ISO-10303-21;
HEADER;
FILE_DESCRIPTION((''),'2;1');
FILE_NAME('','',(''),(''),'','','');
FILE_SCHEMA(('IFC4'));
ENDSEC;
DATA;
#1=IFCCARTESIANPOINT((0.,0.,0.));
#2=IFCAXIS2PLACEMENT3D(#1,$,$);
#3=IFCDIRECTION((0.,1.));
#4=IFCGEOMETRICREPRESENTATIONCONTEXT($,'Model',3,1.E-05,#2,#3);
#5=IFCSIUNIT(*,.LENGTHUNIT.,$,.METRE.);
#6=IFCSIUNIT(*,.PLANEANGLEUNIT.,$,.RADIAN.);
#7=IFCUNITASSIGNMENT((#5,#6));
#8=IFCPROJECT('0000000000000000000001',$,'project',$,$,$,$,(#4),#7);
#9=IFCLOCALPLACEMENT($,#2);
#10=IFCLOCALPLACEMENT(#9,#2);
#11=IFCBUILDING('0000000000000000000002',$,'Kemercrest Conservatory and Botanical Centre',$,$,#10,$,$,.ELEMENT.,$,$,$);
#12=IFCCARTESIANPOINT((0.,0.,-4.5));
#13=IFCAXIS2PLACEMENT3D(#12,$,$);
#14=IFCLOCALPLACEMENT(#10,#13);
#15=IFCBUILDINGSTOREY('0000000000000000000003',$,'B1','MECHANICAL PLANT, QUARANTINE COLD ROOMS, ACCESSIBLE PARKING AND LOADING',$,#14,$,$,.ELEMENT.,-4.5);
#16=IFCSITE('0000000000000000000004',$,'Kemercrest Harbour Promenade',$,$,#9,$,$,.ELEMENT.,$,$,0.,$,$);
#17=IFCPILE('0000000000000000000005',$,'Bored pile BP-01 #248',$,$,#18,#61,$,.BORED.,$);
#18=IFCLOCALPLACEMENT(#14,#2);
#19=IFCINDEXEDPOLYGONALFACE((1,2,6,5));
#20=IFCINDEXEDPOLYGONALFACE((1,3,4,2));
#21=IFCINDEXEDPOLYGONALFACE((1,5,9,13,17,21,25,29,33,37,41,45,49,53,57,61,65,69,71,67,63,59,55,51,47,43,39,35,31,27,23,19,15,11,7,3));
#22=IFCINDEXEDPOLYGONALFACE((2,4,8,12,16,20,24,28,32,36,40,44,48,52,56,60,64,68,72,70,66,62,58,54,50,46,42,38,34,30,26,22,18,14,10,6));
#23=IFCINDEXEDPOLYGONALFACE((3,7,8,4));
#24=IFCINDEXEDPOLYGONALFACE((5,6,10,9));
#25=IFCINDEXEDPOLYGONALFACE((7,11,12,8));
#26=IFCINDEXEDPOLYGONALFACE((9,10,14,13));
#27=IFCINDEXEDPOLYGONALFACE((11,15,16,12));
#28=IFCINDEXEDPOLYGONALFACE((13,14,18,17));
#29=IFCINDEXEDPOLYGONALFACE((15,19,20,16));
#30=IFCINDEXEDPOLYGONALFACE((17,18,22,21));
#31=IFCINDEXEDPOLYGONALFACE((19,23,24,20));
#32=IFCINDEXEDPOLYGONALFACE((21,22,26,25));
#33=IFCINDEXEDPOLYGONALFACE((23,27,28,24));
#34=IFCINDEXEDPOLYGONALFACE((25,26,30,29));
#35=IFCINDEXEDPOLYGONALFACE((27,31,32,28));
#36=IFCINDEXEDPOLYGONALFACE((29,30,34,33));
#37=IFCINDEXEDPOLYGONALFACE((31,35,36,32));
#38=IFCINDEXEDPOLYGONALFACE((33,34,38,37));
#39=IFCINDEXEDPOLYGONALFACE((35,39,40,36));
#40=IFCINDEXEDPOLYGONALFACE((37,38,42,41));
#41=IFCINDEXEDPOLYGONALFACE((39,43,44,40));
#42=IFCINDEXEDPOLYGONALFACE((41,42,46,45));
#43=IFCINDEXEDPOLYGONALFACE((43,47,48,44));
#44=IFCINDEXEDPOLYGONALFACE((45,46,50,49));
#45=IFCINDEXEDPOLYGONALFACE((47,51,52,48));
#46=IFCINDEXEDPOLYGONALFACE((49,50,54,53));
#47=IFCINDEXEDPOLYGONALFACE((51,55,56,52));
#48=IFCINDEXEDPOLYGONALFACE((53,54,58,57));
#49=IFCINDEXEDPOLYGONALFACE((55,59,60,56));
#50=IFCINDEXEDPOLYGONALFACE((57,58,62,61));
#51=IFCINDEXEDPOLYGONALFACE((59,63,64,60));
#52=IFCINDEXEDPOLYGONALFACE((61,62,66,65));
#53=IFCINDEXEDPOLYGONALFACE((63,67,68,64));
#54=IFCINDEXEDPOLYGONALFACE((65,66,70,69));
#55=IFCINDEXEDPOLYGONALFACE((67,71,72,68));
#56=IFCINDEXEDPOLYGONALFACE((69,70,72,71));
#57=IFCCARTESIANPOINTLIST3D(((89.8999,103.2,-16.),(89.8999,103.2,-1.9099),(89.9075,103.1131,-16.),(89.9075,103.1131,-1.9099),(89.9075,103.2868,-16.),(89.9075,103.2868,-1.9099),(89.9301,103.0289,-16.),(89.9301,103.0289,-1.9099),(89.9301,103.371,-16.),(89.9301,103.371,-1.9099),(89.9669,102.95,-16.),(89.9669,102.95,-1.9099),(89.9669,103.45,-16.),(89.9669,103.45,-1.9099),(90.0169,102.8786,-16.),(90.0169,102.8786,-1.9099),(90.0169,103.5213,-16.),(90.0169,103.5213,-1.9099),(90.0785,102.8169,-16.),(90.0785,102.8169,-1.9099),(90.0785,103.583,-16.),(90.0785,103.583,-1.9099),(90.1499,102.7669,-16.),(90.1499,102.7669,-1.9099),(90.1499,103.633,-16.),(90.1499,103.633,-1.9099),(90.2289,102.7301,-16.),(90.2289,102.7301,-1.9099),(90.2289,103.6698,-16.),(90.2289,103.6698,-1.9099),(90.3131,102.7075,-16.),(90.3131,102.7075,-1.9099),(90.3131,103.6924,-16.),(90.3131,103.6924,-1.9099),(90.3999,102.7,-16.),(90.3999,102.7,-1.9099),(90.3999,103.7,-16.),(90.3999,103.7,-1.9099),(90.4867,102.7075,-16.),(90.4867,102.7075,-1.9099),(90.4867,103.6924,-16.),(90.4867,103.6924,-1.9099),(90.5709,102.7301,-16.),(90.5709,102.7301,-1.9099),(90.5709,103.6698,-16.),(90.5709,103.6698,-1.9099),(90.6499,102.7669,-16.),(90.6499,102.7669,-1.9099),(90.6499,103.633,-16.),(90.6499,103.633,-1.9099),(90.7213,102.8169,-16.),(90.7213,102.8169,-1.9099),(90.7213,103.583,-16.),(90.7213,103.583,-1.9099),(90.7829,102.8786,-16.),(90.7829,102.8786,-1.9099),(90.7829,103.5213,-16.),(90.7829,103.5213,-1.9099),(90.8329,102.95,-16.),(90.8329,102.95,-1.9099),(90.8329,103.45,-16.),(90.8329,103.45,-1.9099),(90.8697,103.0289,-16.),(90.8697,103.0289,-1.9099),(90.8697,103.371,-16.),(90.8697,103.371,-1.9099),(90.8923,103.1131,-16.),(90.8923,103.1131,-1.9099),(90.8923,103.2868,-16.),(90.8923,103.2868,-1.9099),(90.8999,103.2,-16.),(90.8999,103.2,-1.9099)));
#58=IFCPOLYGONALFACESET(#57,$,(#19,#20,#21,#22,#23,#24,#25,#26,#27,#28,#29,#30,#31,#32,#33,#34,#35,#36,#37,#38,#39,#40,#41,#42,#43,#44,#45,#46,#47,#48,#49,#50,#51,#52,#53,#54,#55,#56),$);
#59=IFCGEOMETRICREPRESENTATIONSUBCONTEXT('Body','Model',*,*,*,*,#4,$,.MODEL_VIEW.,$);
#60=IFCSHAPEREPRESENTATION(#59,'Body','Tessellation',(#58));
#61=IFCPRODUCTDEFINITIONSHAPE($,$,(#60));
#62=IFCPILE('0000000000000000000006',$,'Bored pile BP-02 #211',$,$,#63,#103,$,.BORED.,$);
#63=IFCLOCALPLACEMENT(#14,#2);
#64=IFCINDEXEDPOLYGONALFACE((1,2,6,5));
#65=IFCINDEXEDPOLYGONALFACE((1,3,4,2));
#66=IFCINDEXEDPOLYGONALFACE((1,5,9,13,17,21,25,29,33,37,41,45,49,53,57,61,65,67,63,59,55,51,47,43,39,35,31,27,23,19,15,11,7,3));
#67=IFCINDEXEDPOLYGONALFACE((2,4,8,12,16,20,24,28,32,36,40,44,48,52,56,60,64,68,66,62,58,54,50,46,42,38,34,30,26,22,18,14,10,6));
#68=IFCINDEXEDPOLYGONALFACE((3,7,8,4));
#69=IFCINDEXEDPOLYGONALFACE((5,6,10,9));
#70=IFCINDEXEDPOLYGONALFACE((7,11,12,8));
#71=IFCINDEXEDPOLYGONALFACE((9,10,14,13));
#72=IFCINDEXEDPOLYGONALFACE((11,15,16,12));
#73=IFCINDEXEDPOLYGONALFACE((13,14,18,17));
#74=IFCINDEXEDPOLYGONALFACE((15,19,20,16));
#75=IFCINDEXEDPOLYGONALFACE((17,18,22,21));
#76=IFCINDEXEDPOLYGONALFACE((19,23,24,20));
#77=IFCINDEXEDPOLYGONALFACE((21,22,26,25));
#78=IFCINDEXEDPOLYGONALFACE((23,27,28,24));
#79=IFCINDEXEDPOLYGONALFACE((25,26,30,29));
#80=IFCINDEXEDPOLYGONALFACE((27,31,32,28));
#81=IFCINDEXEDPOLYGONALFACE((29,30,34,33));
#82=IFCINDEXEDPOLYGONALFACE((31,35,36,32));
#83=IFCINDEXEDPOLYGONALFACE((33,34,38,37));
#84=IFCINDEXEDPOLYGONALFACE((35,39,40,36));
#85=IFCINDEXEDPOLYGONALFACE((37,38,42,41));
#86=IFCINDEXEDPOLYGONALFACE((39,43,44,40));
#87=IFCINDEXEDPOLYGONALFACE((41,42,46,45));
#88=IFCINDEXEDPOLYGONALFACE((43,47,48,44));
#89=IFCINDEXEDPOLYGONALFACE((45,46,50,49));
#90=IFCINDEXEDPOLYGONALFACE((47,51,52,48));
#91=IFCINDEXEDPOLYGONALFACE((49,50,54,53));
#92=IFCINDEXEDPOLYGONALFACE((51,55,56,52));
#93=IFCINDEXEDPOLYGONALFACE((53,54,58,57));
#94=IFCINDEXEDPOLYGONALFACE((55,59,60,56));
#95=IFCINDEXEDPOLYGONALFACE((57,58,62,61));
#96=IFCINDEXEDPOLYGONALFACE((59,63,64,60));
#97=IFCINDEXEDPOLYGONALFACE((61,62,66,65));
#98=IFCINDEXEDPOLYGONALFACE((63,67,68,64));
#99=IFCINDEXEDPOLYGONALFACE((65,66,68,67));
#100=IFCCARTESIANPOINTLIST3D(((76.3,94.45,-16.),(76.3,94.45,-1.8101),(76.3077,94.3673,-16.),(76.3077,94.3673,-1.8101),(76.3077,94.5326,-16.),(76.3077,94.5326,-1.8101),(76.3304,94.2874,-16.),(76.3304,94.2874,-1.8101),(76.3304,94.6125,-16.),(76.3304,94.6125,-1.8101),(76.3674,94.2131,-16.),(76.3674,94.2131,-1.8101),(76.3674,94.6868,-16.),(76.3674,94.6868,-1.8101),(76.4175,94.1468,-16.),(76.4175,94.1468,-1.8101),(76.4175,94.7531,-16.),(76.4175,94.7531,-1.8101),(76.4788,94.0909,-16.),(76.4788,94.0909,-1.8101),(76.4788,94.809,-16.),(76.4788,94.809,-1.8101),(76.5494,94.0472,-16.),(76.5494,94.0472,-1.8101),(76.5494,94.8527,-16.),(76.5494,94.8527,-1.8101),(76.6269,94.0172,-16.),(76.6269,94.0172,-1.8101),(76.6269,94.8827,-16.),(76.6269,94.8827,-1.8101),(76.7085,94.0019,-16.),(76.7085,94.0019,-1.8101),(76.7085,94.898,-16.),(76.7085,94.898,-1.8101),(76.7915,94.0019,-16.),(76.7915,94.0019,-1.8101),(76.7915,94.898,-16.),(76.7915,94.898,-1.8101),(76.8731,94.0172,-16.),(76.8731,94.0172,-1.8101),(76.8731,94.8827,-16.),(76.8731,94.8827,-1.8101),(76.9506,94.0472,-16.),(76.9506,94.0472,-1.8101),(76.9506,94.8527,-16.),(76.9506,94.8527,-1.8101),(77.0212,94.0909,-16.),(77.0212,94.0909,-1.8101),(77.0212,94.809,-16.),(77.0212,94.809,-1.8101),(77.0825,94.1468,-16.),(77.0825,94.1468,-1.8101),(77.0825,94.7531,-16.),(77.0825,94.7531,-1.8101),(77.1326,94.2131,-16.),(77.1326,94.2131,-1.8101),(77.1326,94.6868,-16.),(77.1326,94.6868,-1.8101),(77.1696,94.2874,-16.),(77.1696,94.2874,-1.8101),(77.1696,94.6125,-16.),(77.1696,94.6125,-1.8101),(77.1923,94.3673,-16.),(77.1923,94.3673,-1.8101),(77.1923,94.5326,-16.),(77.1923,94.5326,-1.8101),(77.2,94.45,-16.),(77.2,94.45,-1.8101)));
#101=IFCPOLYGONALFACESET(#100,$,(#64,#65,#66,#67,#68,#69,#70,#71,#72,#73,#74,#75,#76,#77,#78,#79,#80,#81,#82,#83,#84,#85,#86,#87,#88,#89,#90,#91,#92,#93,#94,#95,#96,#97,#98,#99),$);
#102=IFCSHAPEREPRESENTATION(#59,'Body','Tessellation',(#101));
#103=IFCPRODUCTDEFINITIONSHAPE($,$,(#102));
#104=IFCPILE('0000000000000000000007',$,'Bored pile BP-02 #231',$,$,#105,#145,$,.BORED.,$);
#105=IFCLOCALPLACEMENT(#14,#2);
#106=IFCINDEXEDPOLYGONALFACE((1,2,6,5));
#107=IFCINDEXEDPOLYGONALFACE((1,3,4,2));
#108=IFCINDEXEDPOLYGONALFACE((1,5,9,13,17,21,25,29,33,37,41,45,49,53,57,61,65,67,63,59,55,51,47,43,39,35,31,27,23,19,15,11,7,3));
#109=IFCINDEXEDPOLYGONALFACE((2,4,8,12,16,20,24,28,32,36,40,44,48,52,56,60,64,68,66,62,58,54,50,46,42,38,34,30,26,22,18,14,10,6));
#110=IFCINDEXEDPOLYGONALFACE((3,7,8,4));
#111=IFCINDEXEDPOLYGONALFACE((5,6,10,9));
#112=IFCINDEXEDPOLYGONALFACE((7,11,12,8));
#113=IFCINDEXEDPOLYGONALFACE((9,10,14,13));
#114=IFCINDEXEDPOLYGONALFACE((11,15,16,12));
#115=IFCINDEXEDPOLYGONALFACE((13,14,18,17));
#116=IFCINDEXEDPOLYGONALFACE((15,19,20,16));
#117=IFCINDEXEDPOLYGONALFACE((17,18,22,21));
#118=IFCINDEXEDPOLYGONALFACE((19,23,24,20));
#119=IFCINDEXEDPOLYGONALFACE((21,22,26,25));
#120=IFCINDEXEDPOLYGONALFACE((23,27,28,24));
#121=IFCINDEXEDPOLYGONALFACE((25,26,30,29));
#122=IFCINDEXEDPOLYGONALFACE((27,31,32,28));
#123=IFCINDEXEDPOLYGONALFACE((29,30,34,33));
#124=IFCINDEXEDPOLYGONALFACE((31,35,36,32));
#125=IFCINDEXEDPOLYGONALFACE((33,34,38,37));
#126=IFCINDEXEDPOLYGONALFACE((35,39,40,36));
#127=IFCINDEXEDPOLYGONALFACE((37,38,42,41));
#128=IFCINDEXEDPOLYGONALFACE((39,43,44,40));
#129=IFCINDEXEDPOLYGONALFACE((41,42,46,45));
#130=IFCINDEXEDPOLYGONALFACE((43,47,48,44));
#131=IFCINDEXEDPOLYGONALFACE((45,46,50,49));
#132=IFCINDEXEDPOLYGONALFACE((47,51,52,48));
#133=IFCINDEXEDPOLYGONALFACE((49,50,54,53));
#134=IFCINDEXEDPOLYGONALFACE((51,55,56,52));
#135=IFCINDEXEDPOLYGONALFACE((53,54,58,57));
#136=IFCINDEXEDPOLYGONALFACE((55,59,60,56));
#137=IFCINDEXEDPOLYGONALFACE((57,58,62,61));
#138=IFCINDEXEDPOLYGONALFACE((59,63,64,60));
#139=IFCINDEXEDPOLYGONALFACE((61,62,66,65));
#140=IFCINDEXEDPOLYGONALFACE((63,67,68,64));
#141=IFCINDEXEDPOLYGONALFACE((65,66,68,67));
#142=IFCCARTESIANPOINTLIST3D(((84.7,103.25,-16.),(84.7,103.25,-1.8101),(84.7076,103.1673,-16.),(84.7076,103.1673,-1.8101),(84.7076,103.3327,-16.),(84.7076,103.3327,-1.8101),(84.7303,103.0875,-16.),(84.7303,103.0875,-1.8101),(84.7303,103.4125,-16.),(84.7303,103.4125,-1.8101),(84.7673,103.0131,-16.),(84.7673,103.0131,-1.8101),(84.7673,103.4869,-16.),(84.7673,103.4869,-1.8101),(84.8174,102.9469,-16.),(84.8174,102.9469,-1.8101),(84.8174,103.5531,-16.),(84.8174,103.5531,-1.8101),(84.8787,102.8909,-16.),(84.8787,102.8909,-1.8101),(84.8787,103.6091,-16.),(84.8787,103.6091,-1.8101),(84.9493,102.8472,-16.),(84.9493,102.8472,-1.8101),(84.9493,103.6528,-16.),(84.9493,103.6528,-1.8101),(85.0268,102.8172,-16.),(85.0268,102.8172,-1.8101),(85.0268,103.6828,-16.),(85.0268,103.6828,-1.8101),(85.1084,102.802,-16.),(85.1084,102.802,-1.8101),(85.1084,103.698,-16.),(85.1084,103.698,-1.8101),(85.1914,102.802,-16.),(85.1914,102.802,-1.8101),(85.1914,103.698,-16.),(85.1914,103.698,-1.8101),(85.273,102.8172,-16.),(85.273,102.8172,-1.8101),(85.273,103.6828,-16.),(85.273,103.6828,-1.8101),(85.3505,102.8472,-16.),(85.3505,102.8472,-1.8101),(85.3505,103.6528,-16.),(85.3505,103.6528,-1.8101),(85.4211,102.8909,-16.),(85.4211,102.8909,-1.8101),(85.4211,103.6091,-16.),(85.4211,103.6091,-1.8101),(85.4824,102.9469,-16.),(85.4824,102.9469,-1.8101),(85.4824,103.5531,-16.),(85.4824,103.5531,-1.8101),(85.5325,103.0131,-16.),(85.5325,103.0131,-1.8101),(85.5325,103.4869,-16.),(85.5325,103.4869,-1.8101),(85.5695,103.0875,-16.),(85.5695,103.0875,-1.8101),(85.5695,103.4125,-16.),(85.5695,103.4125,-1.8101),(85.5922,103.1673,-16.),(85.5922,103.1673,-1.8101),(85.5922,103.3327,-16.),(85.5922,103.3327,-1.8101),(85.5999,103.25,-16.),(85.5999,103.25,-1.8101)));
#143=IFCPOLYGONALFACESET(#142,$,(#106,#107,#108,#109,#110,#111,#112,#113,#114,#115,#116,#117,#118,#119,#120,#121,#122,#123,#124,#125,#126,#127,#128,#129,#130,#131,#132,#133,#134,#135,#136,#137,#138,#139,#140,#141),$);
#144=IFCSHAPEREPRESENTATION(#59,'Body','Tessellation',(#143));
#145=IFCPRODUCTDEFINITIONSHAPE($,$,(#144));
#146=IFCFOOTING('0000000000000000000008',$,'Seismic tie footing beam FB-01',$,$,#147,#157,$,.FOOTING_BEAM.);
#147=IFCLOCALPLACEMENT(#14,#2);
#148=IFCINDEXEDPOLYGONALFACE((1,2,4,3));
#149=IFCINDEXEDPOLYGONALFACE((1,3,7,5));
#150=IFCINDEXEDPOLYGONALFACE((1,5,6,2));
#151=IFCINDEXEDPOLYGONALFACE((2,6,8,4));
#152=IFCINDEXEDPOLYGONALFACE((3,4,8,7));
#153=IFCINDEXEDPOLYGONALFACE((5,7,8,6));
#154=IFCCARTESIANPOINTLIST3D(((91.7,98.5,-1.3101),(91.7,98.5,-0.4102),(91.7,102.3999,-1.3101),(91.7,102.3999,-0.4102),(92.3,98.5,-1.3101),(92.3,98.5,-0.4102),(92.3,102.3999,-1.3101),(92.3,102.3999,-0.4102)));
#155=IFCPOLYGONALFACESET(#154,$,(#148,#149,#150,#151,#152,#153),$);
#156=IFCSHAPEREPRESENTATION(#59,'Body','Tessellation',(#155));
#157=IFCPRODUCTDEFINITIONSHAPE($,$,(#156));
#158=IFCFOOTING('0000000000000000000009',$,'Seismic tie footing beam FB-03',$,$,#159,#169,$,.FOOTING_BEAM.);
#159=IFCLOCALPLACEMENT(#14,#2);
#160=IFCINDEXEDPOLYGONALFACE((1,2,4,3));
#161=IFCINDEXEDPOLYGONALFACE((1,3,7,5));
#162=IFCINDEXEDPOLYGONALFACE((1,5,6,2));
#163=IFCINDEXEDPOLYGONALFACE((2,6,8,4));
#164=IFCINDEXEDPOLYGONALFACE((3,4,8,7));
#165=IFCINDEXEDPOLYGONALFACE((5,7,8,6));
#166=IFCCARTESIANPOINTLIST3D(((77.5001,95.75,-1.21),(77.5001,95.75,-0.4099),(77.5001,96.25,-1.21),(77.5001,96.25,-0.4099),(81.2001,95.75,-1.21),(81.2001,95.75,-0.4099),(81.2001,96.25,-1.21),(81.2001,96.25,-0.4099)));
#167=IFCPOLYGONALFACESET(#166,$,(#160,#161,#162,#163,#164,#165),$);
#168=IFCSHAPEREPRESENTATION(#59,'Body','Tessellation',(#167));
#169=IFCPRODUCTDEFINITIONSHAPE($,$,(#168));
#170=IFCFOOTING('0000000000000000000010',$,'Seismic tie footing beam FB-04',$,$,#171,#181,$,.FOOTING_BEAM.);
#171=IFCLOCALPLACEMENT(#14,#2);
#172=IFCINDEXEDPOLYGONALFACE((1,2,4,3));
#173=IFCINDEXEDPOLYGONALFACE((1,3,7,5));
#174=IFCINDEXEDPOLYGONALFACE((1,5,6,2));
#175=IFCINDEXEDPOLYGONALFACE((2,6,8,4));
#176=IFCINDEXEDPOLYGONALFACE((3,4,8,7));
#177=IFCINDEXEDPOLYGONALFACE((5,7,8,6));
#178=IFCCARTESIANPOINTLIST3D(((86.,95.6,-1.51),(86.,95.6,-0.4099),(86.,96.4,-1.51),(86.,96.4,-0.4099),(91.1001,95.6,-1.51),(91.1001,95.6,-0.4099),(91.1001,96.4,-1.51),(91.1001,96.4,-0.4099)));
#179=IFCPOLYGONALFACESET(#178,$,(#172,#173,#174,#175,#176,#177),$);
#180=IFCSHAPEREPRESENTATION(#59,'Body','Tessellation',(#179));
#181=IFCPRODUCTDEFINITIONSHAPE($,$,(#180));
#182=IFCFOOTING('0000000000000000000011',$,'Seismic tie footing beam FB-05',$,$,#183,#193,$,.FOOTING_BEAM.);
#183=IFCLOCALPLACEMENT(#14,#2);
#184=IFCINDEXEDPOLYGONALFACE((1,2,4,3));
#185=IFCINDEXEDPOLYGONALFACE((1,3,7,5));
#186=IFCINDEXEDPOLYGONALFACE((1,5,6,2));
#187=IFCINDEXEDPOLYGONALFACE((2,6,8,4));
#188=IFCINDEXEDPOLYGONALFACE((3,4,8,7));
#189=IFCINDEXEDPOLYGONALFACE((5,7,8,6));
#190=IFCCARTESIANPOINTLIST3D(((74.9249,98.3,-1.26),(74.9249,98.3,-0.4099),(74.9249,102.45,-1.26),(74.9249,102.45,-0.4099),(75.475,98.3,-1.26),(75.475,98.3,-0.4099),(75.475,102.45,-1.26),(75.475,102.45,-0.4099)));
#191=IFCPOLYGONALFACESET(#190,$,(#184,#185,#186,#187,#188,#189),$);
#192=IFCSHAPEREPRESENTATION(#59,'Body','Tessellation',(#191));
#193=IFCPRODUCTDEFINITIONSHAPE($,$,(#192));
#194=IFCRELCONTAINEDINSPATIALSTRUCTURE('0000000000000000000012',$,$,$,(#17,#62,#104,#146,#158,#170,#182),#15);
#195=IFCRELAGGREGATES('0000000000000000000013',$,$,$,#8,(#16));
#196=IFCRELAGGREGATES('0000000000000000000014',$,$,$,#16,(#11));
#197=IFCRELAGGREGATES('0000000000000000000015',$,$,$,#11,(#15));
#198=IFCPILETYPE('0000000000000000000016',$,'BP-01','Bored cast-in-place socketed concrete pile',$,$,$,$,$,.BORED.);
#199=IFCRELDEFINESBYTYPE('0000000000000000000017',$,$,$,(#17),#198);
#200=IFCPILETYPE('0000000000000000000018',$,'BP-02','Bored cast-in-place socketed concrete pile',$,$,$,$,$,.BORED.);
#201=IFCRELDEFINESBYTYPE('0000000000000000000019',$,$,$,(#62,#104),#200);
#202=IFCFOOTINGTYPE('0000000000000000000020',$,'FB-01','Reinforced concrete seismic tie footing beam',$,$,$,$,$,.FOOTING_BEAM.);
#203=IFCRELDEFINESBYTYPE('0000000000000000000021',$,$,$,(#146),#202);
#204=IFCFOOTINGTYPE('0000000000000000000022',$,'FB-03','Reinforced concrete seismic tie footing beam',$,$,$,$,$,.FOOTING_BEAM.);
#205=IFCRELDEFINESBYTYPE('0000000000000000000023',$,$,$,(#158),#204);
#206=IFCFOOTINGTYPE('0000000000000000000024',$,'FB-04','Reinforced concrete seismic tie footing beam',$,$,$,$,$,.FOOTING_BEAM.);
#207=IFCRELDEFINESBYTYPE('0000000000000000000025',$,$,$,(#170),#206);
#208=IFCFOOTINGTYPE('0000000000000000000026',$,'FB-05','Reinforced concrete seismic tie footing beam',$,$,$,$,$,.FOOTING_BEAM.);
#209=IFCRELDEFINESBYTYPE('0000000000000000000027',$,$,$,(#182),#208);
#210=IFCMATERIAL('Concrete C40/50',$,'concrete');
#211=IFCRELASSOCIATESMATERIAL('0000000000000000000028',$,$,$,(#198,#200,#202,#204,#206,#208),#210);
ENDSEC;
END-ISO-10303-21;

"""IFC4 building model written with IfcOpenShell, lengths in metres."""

from ifc_helpers import new_model, si_unit, direction, frame, origin, origin_2d, place, context, subcontext, project, spatial, rectangle, circle, extrude, material, material_profile, profile_set, type_object, element, save


model = new_model("IFC4")

# Units and contexts
model_context = context("Model", 3, precision=1e-05, world=origin(), true_north=direction((0.0, 1.0)))
body_context = subcontext(model_context, "Body", "Model", "MODEL_VIEW")
ifc_project = project(units=[si_unit("LENGTHUNIT", "METRE"), si_unit("PLANEANGLEUNIT", "RADIAN")], contexts=[model_context])

# Site, building, storey
site_placement = place(None, origin())
site = spatial("IfcSite", under=ifc_project, at=site_placement, Name="Kemercrest Harbour Promenade", CompositionType="ELEMENT", RefElevation=0.0)
building_placement = place(site_placement, origin())
building = spatial("IfcBuilding", under=site, at=building_placement, Name="Kemercrest Conservatory and Botanical Centre", CompositionType="ELEMENT")
storey_placement = place(building_placement, frame((0.0, 0.0, -4.5)))
storey = spatial("IfcBuildingStorey", under=building, at=storey_placement, Name="B1", Description="MECHANICAL PLANT, QUARANTINE COLD ROOMS, ACCESSIBLE PARKING AND LOADING", CompositionType="ELEMENT", Elevation=-4.5)

# Piles
ifc_material_1 = material(Name="Concrete C40/50", Category="concrete")
ifc_material_profile_1 = material_profile(ifc_material_1, circle(Radius=0.5, at=origin_2d()), Name="BORED PILE 1000")
ifc_profile_set_1 = profile_set([ifc_material_profile_1], Name="Concrete C40/50")
pile_type_1 = type_object("IfcPileType", Name="BP-01", Description="Bored cast-in-place socketed concrete pile", PredefinedType="BORED", material=ifc_profile_set_1)
pile_1_placement = place(storey_placement, frame((90.3999, 103.2, -1.9099), z_axis=(0.0, 0.0, -1.0), x_axis=(1.0, 0.0, 0.0)))
element("IfcPile", 1, at=pile_1_placement, inside=storey, type_object=pile_type_1, Name="Bored pile BP-01 #248", PredefinedType="BORED", context=body_context, shape_type="SweptSolid", body=[
    extrude(circle(Radius=0.5, at=origin_2d()), origin(), (0.0, 0.0, 1.0), 14.0901),
])
ifc_material_profile_2 = material_profile(ifc_material_1, circle(Radius=0.45, at=origin_2d()), Name="BORED PILE 900")
ifc_profile_set_2 = profile_set([ifc_material_profile_2], Name="Concrete C40/50")
pile_type_2 = type_object("IfcPileType", Name="BP-02", Description="Bored cast-in-place socketed concrete pile", PredefinedType="BORED", material=ifc_profile_set_2)
for number, where, z_axis, x_axis, name in (
    (2, (76.75, 94.45, -1.8101), (0.0, 0.0, -1.0), (1.0, 0.0, 0.0), "Bored pile BP-02 #211"),
    (3, (85.1499, 103.25, -1.8101), (0.0, 0.0, -1.0), (1.0, 0.0, 0.0), "Bored pile BP-02 #231"),
):
    element("IfcPile", number, at=place(storey_placement, frame(where, z_axis=z_axis, x_axis=x_axis)), inside=storey, type_object=pile_type_2, Name=name, PredefinedType="BORED", context=body_context, shape_type="SweptSolid", body=[
        extrude(circle(Radius=0.45, at=origin_2d()), origin(), (0.0, 0.0, 1.0), 14.1899),
    ])

# Footings
footing_type_1 = type_object("IfcFootingType", Name="FB-01", Description="Reinforced concrete seismic tie footing beam", PredefinedType="FOOTING_BEAM", material=ifc_material_1)
footing_1_placement = place(storey_placement, frame((92.0, 100.45, -1.3101), z_axis=(0.0, 0.0, 1.0), x_axis=(1.0, 0.0, 0.0)))
element("IfcFooting", 4, at=footing_1_placement, inside=storey, type_object=footing_type_1, Name="Seismic tie footing beam FB-01", PredefinedType="FOOTING_BEAM", context=body_context, shape_type="SweptSolid", body=[
    extrude(rectangle(XDim=0.6001, YDim=3.8999, at=origin_2d()), origin(), (0.0, 0.0, 1.0), 0.8999),
])
footing_type_2 = type_object("IfcFootingType", Name="FB-03", Description="Reinforced concrete seismic tie footing beam", PredefinedType="FOOTING_BEAM", material=ifc_material_1)
footing_2_placement = place(storey_placement, frame((79.3501, 96.0, -1.21), z_axis=(0.0, 0.0, 1.0), x_axis=(1.0, 0.0, 0.0)))
element("IfcFooting", 5, at=footing_2_placement, inside=storey, type_object=footing_type_2, Name="Seismic tie footing beam FB-03", PredefinedType="FOOTING_BEAM", context=body_context, shape_type="SweptSolid", body=[
    extrude(rectangle(XDim=3.7, YDim=0.5, at=origin_2d()), origin(), (0.0, 0.0, 1.0), 0.8),
])
footing_type_3 = type_object("IfcFootingType", Name="FB-04", Description="Reinforced concrete seismic tie footing beam", PredefinedType="FOOTING_BEAM", material=ifc_material_1)
footing_3_placement = place(storey_placement, frame((88.55, 96.0, -1.51), z_axis=(0.0, 0.0, 1.0), x_axis=(1.0, 0.0, 0.0)))
element("IfcFooting", 6, at=footing_3_placement, inside=storey, type_object=footing_type_3, Name="Seismic tie footing beam FB-04", PredefinedType="FOOTING_BEAM", context=body_context, shape_type="SweptSolid", body=[
    extrude(rectangle(XDim=5.1001, YDim=0.8, at=origin_2d()), origin(), (0.0, 0.0, 1.0), 1.1001),
])
footing_type_4 = type_object("IfcFootingType", Name="FB-05", Description="Reinforced concrete seismic tie footing beam", PredefinedType="FOOTING_BEAM", material=ifc_material_1)
footing_4_placement = place(storey_placement, frame((75.2, 100.375, -1.26), z_axis=(0.0, 0.0, 1.0), x_axis=(1.0, 0.0, 0.0)))
element("IfcFooting", 7, at=footing_4_placement, inside=storey, type_object=footing_type_4, Name="Seismic tie footing beam FB-05", PredefinedType="FOOTING_BEAM", context=body_context, shape_type="SweptSolid", body=[
    extrude(rectangle(XDim=0.55, YDim=4.1499, at=origin_2d()), origin(), (0.0, 0.0, 1.0), 0.8501),
])

save(model, "model.ifc")
